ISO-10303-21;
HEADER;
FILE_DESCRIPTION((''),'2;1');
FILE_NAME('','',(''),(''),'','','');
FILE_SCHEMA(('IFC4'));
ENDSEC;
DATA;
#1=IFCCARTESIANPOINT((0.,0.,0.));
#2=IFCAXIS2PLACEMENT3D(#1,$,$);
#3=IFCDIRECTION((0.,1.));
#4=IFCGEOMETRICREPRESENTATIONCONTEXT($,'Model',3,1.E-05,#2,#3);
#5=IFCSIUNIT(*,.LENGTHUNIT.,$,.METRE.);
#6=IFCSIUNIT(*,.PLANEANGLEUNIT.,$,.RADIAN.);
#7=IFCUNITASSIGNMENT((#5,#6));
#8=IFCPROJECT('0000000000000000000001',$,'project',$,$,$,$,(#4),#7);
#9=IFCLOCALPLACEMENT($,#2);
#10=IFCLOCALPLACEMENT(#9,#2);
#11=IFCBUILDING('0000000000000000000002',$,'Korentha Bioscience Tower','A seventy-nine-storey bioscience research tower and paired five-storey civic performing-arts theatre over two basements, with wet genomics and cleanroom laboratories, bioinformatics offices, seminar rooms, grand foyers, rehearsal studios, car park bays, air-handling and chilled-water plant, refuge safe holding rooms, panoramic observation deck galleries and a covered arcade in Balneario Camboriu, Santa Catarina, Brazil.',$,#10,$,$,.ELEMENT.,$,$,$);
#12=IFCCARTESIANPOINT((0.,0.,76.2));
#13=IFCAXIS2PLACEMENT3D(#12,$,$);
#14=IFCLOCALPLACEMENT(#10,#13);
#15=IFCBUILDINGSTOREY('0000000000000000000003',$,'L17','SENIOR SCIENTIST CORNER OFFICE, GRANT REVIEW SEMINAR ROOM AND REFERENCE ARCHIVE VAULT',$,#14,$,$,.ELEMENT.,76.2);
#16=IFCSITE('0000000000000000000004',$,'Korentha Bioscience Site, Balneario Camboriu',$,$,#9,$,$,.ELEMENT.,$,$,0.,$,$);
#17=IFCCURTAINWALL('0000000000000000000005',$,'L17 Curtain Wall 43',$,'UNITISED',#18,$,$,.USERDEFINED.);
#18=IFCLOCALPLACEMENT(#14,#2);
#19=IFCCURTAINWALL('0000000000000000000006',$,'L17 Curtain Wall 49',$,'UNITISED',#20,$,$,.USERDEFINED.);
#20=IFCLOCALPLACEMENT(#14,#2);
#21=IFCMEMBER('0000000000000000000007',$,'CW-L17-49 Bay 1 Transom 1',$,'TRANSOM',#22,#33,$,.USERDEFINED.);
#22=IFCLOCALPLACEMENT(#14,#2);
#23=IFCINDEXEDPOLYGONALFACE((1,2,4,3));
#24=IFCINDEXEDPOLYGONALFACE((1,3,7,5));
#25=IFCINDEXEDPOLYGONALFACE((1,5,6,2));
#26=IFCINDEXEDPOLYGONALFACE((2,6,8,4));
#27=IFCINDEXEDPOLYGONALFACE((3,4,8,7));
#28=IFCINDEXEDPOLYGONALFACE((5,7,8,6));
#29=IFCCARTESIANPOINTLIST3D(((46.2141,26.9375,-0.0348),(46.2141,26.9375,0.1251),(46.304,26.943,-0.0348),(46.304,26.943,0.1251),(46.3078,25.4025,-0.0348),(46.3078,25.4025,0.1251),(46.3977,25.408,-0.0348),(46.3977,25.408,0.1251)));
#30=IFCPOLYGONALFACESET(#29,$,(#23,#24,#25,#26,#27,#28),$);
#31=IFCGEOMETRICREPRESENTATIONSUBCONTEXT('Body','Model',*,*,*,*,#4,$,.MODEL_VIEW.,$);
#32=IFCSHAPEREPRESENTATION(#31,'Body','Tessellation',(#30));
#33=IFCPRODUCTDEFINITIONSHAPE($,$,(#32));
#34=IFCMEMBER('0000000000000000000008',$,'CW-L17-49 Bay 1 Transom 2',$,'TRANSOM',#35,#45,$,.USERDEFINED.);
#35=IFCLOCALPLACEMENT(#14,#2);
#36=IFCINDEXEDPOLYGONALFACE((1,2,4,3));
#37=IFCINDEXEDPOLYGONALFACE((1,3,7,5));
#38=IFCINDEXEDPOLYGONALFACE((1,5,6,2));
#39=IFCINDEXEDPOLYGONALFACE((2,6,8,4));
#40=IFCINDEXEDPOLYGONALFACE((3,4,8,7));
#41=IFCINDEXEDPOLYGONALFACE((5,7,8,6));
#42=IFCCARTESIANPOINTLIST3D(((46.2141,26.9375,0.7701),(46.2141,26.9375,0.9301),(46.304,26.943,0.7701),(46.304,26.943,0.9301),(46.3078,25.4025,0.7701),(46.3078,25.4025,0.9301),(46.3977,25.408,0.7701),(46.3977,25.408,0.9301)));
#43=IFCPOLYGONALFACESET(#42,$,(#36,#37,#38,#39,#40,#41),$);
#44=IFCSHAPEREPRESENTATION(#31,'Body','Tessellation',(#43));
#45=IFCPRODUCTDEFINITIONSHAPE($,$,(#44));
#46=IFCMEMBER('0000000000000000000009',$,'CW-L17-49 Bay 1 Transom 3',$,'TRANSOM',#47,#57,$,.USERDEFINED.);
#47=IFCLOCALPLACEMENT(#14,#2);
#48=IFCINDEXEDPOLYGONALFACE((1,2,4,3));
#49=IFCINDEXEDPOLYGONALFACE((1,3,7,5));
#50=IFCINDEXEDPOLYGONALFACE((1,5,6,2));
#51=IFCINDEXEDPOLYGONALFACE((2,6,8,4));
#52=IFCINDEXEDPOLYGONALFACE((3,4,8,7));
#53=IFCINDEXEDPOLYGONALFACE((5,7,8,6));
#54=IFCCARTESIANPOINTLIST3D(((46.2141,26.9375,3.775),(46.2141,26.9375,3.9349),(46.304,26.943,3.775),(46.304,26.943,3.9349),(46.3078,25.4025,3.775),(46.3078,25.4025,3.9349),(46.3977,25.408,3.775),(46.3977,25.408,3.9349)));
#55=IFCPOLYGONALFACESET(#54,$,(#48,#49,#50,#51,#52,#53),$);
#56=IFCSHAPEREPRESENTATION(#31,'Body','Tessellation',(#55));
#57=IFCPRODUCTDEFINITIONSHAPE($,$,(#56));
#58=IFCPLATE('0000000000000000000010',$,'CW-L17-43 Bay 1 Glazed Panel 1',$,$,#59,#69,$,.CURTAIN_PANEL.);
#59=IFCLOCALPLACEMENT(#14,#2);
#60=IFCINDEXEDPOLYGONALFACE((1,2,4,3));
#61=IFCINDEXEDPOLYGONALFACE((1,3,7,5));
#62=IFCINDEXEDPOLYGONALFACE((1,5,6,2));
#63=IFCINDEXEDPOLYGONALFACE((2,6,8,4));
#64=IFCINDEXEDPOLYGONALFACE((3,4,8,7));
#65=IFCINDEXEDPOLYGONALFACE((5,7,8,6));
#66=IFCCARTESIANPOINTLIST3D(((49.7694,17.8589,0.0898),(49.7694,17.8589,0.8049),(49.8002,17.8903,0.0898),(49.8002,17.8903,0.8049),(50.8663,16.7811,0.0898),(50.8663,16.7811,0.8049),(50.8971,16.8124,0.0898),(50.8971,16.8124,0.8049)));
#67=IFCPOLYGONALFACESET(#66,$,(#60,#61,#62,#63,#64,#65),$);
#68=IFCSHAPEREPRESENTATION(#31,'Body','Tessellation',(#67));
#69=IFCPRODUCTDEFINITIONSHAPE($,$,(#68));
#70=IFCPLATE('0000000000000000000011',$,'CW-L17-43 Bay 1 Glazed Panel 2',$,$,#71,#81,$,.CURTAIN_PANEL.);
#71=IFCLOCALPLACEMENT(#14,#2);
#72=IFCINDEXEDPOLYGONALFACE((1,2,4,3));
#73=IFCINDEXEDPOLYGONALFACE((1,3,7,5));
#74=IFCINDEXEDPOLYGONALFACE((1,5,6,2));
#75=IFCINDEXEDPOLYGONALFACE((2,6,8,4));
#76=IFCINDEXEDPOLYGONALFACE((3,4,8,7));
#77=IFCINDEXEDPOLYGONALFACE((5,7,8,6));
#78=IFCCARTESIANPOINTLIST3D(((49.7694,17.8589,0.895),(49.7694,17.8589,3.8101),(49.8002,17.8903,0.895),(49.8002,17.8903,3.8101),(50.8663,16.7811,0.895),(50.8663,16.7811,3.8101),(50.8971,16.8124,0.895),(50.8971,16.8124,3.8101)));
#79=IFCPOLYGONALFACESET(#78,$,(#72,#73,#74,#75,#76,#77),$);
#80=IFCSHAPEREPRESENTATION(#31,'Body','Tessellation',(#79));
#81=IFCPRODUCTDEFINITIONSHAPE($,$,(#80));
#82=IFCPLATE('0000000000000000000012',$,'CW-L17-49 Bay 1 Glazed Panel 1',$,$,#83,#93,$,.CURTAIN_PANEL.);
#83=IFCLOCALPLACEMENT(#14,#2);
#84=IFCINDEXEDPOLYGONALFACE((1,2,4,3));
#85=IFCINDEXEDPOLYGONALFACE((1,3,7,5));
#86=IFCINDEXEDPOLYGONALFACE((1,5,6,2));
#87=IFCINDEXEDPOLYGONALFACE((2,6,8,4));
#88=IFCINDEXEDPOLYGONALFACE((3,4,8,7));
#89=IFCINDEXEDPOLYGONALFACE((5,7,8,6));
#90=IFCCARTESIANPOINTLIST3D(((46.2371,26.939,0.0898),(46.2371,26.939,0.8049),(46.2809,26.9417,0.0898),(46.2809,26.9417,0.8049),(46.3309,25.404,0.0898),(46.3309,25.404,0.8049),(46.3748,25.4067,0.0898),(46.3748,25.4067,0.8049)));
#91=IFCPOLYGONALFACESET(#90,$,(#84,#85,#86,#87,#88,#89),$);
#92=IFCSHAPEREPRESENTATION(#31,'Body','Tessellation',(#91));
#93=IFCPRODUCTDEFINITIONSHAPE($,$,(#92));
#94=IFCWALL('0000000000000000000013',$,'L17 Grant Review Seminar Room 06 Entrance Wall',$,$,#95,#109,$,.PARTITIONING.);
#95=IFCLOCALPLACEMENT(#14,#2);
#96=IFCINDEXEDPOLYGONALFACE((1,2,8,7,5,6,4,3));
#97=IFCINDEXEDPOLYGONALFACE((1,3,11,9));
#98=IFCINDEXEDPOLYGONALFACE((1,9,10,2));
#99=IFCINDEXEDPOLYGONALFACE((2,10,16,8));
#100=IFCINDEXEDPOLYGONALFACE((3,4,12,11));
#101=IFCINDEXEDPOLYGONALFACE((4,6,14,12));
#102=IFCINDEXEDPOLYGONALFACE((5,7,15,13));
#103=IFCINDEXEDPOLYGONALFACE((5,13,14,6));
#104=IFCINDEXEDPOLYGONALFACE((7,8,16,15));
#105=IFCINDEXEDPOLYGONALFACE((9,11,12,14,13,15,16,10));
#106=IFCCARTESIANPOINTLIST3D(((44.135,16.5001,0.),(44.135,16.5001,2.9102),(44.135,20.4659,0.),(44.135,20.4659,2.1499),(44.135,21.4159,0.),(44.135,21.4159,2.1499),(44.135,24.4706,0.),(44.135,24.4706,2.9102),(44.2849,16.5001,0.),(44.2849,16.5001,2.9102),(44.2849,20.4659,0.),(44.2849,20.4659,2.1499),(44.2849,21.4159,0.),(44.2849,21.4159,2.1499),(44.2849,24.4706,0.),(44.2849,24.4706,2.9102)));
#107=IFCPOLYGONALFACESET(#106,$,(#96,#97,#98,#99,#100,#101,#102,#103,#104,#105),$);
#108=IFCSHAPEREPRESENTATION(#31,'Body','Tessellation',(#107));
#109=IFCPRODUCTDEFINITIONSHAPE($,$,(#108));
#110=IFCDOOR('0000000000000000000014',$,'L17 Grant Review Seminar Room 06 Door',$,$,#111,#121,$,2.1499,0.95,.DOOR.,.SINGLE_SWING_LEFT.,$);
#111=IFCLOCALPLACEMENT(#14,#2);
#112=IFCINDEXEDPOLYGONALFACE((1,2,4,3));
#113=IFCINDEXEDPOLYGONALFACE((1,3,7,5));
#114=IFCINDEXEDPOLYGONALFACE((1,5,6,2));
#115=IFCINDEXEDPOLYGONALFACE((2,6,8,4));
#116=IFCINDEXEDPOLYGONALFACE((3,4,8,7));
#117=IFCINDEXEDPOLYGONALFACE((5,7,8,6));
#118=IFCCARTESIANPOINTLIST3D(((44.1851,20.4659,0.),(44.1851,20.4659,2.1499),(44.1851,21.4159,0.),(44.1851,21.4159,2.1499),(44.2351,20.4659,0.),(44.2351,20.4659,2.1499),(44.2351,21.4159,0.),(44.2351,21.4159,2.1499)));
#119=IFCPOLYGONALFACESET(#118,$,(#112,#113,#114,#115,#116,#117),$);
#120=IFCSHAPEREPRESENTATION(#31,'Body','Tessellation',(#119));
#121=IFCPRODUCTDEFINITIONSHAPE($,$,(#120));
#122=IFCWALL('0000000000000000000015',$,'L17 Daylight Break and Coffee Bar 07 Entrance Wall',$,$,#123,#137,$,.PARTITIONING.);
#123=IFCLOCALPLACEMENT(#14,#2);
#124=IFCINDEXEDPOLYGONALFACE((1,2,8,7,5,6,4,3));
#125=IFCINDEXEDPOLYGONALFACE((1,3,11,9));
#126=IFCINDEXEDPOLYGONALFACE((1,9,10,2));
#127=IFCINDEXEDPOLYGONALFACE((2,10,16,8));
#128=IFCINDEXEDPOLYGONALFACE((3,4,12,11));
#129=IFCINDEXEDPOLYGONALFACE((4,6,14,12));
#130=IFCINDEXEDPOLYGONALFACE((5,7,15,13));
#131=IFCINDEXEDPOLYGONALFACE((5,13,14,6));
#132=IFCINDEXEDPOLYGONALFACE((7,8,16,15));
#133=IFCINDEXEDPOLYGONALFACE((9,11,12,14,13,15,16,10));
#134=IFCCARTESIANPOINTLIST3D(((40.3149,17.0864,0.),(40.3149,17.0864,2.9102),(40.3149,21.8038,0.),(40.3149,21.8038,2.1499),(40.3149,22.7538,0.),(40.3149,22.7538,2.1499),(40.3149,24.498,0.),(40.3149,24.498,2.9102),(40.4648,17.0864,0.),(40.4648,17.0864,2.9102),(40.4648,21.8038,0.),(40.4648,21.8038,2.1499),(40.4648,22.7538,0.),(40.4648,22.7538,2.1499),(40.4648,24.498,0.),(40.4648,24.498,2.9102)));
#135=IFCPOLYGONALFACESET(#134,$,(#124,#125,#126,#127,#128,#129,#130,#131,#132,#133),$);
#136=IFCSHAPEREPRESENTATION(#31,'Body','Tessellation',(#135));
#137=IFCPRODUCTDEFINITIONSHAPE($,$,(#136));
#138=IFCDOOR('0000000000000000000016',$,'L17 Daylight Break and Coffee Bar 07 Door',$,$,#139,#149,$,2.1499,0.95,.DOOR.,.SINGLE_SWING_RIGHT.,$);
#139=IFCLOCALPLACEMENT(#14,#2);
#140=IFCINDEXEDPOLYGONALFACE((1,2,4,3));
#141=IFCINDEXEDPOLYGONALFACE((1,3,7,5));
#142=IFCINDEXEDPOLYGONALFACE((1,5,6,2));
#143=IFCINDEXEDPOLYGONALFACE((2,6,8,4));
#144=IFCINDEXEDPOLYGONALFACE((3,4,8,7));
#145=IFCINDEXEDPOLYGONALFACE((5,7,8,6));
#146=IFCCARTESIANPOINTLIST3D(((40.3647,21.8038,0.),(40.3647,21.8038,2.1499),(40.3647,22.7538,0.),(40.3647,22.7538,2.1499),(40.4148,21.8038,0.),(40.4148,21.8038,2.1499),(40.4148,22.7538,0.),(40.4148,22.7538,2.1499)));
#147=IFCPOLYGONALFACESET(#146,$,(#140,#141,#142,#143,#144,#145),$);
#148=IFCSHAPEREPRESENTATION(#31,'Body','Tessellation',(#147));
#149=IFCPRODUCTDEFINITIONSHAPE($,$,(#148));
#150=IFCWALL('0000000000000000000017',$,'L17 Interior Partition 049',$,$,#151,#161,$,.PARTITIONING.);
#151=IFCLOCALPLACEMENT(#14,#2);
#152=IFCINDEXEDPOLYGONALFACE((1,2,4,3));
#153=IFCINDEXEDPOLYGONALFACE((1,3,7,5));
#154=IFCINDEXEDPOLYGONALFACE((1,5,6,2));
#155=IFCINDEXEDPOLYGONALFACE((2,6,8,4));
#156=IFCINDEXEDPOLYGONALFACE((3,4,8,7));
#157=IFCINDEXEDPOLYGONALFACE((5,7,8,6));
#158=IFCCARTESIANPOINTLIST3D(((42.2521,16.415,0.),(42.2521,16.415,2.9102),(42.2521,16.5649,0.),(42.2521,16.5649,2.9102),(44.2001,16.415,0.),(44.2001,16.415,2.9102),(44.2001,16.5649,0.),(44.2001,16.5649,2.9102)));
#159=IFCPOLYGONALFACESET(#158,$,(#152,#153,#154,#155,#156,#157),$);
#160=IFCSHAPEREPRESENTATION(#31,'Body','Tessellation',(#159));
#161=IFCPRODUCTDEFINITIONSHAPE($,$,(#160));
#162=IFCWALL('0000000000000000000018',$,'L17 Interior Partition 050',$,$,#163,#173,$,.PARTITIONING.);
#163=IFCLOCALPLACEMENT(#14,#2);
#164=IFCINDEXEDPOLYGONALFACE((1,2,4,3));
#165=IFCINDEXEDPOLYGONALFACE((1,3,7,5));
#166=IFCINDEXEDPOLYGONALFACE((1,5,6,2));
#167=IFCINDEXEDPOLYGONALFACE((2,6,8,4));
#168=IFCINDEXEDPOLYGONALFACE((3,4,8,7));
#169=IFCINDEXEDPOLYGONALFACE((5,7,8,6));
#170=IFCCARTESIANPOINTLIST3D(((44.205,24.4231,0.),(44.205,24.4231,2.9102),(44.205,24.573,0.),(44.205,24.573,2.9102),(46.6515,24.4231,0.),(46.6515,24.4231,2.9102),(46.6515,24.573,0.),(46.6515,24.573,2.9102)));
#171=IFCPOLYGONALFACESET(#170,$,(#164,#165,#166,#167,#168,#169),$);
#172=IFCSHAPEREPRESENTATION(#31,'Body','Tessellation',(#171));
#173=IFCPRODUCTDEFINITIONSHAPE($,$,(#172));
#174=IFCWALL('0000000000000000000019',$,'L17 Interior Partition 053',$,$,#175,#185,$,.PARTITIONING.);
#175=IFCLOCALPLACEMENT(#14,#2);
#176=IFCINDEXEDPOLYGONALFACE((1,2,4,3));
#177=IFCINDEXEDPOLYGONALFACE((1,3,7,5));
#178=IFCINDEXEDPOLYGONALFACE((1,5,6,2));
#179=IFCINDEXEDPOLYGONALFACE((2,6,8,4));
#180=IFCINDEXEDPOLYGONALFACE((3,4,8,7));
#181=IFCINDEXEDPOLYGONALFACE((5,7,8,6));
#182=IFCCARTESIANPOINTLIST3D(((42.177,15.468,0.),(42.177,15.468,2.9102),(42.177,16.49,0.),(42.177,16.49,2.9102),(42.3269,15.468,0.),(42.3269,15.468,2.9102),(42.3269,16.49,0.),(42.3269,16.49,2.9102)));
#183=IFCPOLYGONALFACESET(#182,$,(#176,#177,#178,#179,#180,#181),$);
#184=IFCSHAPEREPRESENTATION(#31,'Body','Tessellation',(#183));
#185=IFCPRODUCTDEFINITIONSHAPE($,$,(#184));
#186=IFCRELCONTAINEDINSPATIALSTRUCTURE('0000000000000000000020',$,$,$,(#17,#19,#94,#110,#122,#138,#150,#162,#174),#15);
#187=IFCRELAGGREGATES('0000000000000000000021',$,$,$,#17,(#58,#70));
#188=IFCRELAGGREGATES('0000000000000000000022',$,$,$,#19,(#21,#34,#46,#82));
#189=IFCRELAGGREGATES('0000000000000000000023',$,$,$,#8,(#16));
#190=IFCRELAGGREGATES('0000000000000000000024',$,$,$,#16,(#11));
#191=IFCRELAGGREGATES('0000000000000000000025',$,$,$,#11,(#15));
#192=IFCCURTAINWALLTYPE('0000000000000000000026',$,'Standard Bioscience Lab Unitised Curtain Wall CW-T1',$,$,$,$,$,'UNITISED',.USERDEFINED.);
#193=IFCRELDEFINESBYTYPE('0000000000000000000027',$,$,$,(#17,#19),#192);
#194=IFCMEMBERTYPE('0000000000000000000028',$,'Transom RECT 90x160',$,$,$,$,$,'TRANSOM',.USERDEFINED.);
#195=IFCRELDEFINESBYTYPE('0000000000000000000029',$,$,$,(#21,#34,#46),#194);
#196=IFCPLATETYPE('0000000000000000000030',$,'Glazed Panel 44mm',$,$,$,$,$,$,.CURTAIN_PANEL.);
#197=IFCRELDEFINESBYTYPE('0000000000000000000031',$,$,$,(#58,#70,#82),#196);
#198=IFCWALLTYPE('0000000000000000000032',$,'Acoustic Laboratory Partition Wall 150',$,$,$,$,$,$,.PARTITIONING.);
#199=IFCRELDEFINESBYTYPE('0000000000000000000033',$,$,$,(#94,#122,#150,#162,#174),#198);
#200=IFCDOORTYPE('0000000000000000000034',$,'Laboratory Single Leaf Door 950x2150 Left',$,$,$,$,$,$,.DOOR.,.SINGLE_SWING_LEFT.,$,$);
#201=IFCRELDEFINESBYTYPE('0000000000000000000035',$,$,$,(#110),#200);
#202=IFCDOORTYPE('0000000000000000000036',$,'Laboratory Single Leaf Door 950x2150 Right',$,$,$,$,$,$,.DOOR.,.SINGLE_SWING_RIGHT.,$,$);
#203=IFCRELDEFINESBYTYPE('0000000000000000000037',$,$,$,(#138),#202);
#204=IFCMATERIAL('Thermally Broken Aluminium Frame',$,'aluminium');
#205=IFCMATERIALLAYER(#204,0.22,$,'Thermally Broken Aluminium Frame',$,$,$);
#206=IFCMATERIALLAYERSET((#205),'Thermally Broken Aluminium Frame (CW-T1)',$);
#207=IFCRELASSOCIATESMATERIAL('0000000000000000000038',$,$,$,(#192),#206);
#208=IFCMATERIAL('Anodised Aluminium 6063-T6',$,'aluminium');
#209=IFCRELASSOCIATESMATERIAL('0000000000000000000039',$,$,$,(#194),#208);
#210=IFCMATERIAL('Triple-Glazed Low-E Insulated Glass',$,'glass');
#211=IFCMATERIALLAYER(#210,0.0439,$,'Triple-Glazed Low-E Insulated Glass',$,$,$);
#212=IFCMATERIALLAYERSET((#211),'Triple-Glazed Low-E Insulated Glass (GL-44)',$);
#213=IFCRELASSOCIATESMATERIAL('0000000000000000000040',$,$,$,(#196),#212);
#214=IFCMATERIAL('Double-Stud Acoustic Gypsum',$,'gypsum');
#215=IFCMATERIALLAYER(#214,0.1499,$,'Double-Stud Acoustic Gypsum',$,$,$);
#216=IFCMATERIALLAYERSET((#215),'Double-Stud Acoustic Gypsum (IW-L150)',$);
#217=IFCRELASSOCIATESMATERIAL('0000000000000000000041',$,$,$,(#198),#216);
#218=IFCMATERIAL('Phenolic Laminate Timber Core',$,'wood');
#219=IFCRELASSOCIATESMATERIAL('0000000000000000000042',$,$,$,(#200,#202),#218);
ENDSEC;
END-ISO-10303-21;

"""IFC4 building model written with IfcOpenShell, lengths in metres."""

from ifc_helpers import new_model, si_unit, direction, frame, frame_2d, origin, origin_2d, place, context, subcontext, project, spatial, rectangle, extrude, material, layer, layer_set, material_profile, profile_set, type_object, element, fill, aggregate, save


model = new_model("IFC4")

# Units and contexts
model_context = context("Model", 3, precision=1e-05, world=origin(), true_north=direction((0.0, 1.0)))
body_context = subcontext(model_context, "Body", "Model", "MODEL_VIEW")
ifc_project = project(units=[si_unit("LENGTHUNIT", "METRE"), si_unit("PLANEANGLEUNIT", "RADIAN")], contexts=[model_context])

# Site, building, storey
site_placement = place(None, origin())
site = spatial("IfcSite", under=ifc_project, at=site_placement, Name="Korentha Bioscience Site, Balneario Camboriu", CompositionType="ELEMENT", RefElevation=0.0)
building_placement = place(site_placement, origin())
building = spatial("IfcBuilding", under=site, at=building_placement, Name="Korentha Bioscience Tower", Description="A seventy-nine-storey bioscience research tower and paired five-storey civic performing-arts theatre over two basements, with wet genomics and cleanroom laboratories, bioinformatics offices, seminar rooms, grand foyers, rehearsal studios, car park bays, air-handling and chilled-water plant, refuge safe holding rooms, panoramic observation deck galleries and a covered arcade in Balneario Camboriu, Santa Catarina, Brazil.", CompositionType="ELEMENT")
storey_placement = place(building_placement, frame((0.0, 0.0, 76.2)))
storey = spatial("IfcBuildingStorey", under=building, at=storey_placement, Name="L17", Description="SENIOR SCIENTIST CORNER OFFICE, GRANT REVIEW SEMINAR ROOM AND REFERENCE ARCHIVE VAULT", CompositionType="ELEMENT", Elevation=76.2)

# Curtain wall
ifc_material_1 = material(Name="Thermally Broken Aluminium Frame", Category="aluminium")
ifc_layer_1 = layer(ifc_material_1, 0.22, Name="Thermally Broken Aluminium Frame")
ifc_layer_set_1 = layer_set([ifc_layer_1], Name="Thermally Broken Aluminium Frame (CW-T1)")
curtain_wall_type = type_object("IfcCurtainWallType", Name="Standard Bioscience Lab Unitised Curtain Wall CW-T1", ElementType="UNITISED", PredefinedType="USERDEFINED", material=ifc_layer_set_1)
curtain_wall_1_placement = place(storey_placement, origin())
curtain_wall_1 = element("IfcCurtainWall", 1, at=curtain_wall_1_placement, inside=storey, type_object=curtain_wall_type, Name="L17 Curtain Wall 43", ObjectType="UNITISED", PredefinedType="USERDEFINED")
ifc_material_2 = material(Name="Anodised Aluminium 6063-T6", Category="aluminium")

# Curtain wall
curtain_wall_2_placement = place(storey_placement, origin())
curtain_wall_2 = element("IfcCurtainWall", 2, at=curtain_wall_2_placement, inside=storey, type_object=curtain_wall_type, Name="L17 Curtain Wall 49", ObjectType="UNITISED", PredefinedType="USERDEFINED")

# Members
ifc_material_profile_1 = material_profile(ifc_material_2, rectangle(XDim=0.0901, YDim=0.1599, at=origin_2d()), Name="Anodised Aluminium 6063-T6")
ifc_profile_set_1 = profile_set([ifc_material_profile_1], Name="Anodised Aluminium 6063-T6 (CW-TRN)")
member_type_1 = type_object("IfcMemberType", Name="Transom RECT 90x160", ElementType="TRANSOM", PredefinedType="USERDEFINED", material=ifc_profile_set_1)
member_1_placement = place(storey_placement, frame((46.3528, 25.4053, 0.0452), z_axis=(-0.060965, 0.99814, 0.0), x_axis=(-0.99814, -0.060965, 0.0)))
member_1 = element("IfcMember", 3, at=member_1_placement, type_object=member_type_1, Name="CW-L17-49 Bay 1 Transom 1", ObjectType="TRANSOM", PredefinedType="USERDEFINED", context=body_context, shape_type="SweptSolid", body=[
    extrude(rectangle(XDim=0.0901, YDim=0.1599, at=origin_2d()), origin(), (0.0, 0.0, 1.0), 1.5378),
])
member_2_placement = place(storey_placement, frame((46.3528, 25.4053, 0.8501), z_axis=(-0.060965, 0.99814, 0.0), x_axis=(-0.99814, -0.060965, 0.0)))
member_2 = element("IfcMember", 4, at=member_2_placement, type_object=member_type_1, Name="CW-L17-49 Bay 1 Transom 2", ObjectType="TRANSOM", PredefinedType="USERDEFINED", context=body_context, shape_type="SweptSolid", body=[
    extrude(rectangle(XDim=0.0901, YDim=0.1599, at=origin_2d()), origin(), (0.0, 0.0, 1.0), 1.5378),
])
member_3_placement = place(storey_placement, frame((46.3528, 25.4053, 3.855), z_axis=(-0.060965, 0.99814, 0.0), x_axis=(-0.99814, -0.060965, 0.0)))
member_3 = element("IfcMember", 5, at=member_3_placement, type_object=member_type_1, Name="CW-L17-49 Bay 1 Transom 3", ObjectType="TRANSOM", PredefinedType="USERDEFINED", context=body_context, shape_type="SweptSolid", body=[
    extrude(rectangle(XDim=0.0901, YDim=0.1599, at=origin_2d()), origin(), (0.0, 0.0, 1.0), 1.5378),
])

# Plates
ifc_material_3 = material(Name="Triple-Glazed Low-E Insulated Glass", Category="glass")
ifc_layer_2 = layer(ifc_material_3, 0.0439, Name="Triple-Glazed Low-E Insulated Glass")
ifc_layer_set_2 = layer_set([ifc_layer_2], Name="Triple-Glazed Low-E Insulated Glass (GL-44)")
plate_type = type_object("IfcPlateType", Name="Glazed Panel 44mm", PredefinedType="CURTAIN_PANEL", material=ifc_layer_set_2)
plate_1_placement = place(storey_placement, frame((50.3333, 17.3357, 0.0898), z_axis=(0.0, 0.0, 1.0), x_axis=(-0.713279, 0.70088, 0.0)))
plate_1 = element("IfcPlate", 6, at=plate_1_placement, type_object=plate_type, Name="CW-L17-43 Bay 1 Glazed Panel 1", PredefinedType="CURTAIN_PANEL", context=body_context, shape_type="SweptSolid", body=[
    extrude(rectangle(XDim=1.5378, YDim=0.0439, at=origin_2d()), origin(), (0.0, 0.0, 1.0), 0.7151),
])
plate_2_placement = place(storey_placement, frame((50.3333, 17.3357, 0.895), z_axis=(0.0, 0.0, 1.0), x_axis=(-0.713279, 0.70088, 0.0)))
plate_2 = element("IfcPlate", 7, at=plate_2_placement, type_object=plate_type, Name="CW-L17-43 Bay 1 Glazed Panel 2", PredefinedType="CURTAIN_PANEL", context=body_context, shape_type="SweptSolid", body=[
    extrude(rectangle(XDim=1.5378, YDim=0.0439, at=origin_2d()), origin(), (0.0, 0.0, 1.0), 2.915),
])
aggregate(curtain_wall_1, [plate_1, plate_2])
plate_3_placement = place(storey_placement, frame((46.3059, 26.1729, 0.0898), z_axis=(0.0, 0.0, 1.0), x_axis=(-0.061008, 0.998137, 0.0)))
plate_3 = element("IfcPlate", 8, at=plate_3_placement, type_object=plate_type, Name="CW-L17-49 Bay 1 Glazed Panel 1", PredefinedType="CURTAIN_PANEL", context=body_context, shape_type="SweptSolid", body=[
    extrude(rectangle(XDim=1.5378, YDim=0.0439, at=origin_2d()), origin(), (0.0, 0.0, 1.0), 0.7151),
])
aggregate(curtain_wall_2, [member_1, member_2, member_3, plate_3])

# Walls, openings, doors
ifc_material_4 = material(Name="Double-Stud Acoustic Gypsum", Category="gypsum")
ifc_layer_3 = layer(ifc_material_4, 0.1499, Name="Double-Stud Acoustic Gypsum")
ifc_layer_set_3 = layer_set([ifc_layer_3], Name="Double-Stud Acoustic Gypsum (IW-L150)")
wall_type_1 = type_object("IfcWallType", Name="Acoustic Laboratory Partition Wall 150", PredefinedType="PARTITIONING", material=ifc_layer_set_3)
wall_1_placement = place(storey_placement, frame((44.21, 16.5, 0.0), z_axis=(0.0, 0.0, 1.0), x_axis=(0.0, 1.0, 0.0)))
wall_1 = element("IfcWall", 9, at=wall_1_placement, inside=storey, type_object=wall_type_1, Name="L17 Grant Review Seminar Room 06 Entrance Wall", PredefinedType="PARTITIONING", context=body_context, shape_type="SweptSolid", body=[
    extrude(rectangle(XDim=7.9705, YDim=0.1499, at=frame_2d((3.9854, 0.0))), origin(), (0.0, 0.0, 1.0), 2.9102),
])
opening_1_placement = place(wall_1_placement, frame((3.9658, 0.0, 0.0)))
opening_1 = element("IfcOpeningElement", 10, at=opening_1_placement, cuts=wall_1, PredefinedType="OPENING", context=body_context, shape_type="SweptSolid", body=[
    extrude(rectangle(XDim=0.95, YDim=2.1499, at=frame_2d((0.4751, 1.075))), frame((0.0, 0.0898, 0.0), z_axis=(0.0, -1.0, 0.0), x_axis=(1.0, 0.0, 0.0)), (0.0, 0.0, 1.0), 0.1797),
])
ifc_material_5 = material(Name="Phenolic Laminate Timber Core", Category="wood")
door_type_1 = type_object("IfcDoorType", Name="Laboratory Single Leaf Door 950x2150 Left", OperationType="SINGLE_SWING_LEFT", PredefinedType="DOOR", material=ifc_material_5)
door_1_placement = place(opening_1_placement, origin())
door_1 = element("IfcDoor", 11, at=door_1_placement, inside=storey, type_object=door_type_1, Name="L17 Grant Review Seminar Room 06 Door", OperationType="SINGLE_SWING_LEFT", OverallHeight=2.1499, OverallWidth=0.95, PredefinedType="DOOR", context=body_context, shape_type="SweptSolid", body=[
    extrude(rectangle(XDim=0.95, YDim=2.1499, at=frame_2d((0.4751, 1.075))), frame((0.0, 0.0249, 0.0), z_axis=(0.0, -1.0, 0.0), x_axis=(1.0, 0.0, 0.0)), (0.0, 0.0, 1.0), 0.05),
])
fill(opening_1, door_1)
wall_2_placement = place(storey_placement, frame((40.3899, 24.498, 0.0), z_axis=(0.0, 0.0, 1.0), x_axis=(0.0, -1.0, 0.0)))
wall_2 = element("IfcWall", 12, at=wall_2_placement, inside=storey, type_object=wall_type_1, Name="L17 Daylight Break and Coffee Bar 07 Entrance Wall", PredefinedType="PARTITIONING", context=body_context, shape_type="SweptSolid", body=[
    extrude(rectangle(XDim=7.4116, YDim=0.1499, at=frame_2d((3.7058, 0.0))), origin(), (0.0, 0.0, 1.0), 2.9102),
])
opening_2_placement = place(wall_2_placement, frame((1.7441, 0.0, 0.0)))
opening_2 = element("IfcOpeningElement", 13, at=opening_2_placement, cuts=wall_2, PredefinedType="OPENING", context=body_context, shape_type="SweptSolid", body=[
    extrude(rectangle(XDim=0.95, YDim=2.1499, at=frame_2d((0.4751, 1.075))), frame((0.0, 0.0898, 0.0), z_axis=(0.0, -1.0, 0.0), x_axis=(1.0, 0.0, 0.0)), (0.0, 0.0, 1.0), 0.1797),
])
door_type_2 = type_object("IfcDoorType", Name="Laboratory Single Leaf Door 950x2150 Right", OperationType="SINGLE_SWING_RIGHT", PredefinedType="DOOR", material=ifc_material_5)
door_2_placement = place(opening_2_placement, origin())
door_2 = element("IfcDoor", 14, at=door_2_placement, inside=storey, type_object=door_type_2, Name="L17 Daylight Break and Coffee Bar 07 Door", OperationType="SINGLE_SWING_RIGHT", OverallHeight=2.1499, OverallWidth=0.95, PredefinedType="DOOR", context=body_context, shape_type="SweptSolid", body=[
    extrude(rectangle(XDim=0.95, YDim=2.1499, at=frame_2d((0.4751, 1.075))), frame((0.0, 0.0249, 0.0), z_axis=(0.0, -1.0, 0.0), x_axis=(1.0, 0.0, 0.0)), (0.0, 0.0, 1.0), 0.05),
])
fill(opening_2, door_2)

# Walls
wall_3_placement = place(storey_placement, frame((42.252, 16.49, 0.0), z_axis=(0.0, 0.0, 1.0), x_axis=(1.0, 0.0, 0.0)))
element("IfcWall", 15, at=wall_3_placement, inside=storey, type_object=wall_type_1, Name="L17 Interior Partition 049", PredefinedType="PARTITIONING", context=body_context, shape_type="SweptSolid", body=[
    extrude(rectangle(XDim=1.948, YDim=0.1499, at=frame_2d((0.9741, 0.0))), origin(), (0.0, 0.0, 1.0), 2.9102),
])
wall_4_placement = place(storey_placement, frame((44.2051, 24.498, 0.0), z_axis=(0.0, 0.0, 1.0), x_axis=(1.0, 0.0, 0.0)))
element("IfcWall", 16, at=wall_4_placement, inside=storey, type_object=wall_type_1, Name="L17 Interior Partition 050", PredefinedType="PARTITIONING", context=body_context, shape_type="SweptSolid", body=[
    extrude(rectangle(XDim=2.4465, YDim=0.1499, at=frame_2d((1.2231, 0.0))), origin(), (0.0, 0.0, 1.0), 2.9102),
])
wall_5_placement = place(storey_placement, frame((42.252, 15.468, 0.0), z_axis=(0.0, 0.0, 1.0), x_axis=(0.0, 1.0, 0.0)))
element("IfcWall", 17, at=wall_5_placement, inside=storey, type_object=wall_type_1, Name="L17 Interior Partition 053", PredefinedType="PARTITIONING", context=body_context, shape_type="SweptSolid", body=[
    extrude(rectangle(XDim=1.022, YDim=0.1499, at=frame_2d((0.511, 0.0))), origin(), (0.0, 0.0, 1.0), 2.9102),
])

save(model, "model.ifc")
